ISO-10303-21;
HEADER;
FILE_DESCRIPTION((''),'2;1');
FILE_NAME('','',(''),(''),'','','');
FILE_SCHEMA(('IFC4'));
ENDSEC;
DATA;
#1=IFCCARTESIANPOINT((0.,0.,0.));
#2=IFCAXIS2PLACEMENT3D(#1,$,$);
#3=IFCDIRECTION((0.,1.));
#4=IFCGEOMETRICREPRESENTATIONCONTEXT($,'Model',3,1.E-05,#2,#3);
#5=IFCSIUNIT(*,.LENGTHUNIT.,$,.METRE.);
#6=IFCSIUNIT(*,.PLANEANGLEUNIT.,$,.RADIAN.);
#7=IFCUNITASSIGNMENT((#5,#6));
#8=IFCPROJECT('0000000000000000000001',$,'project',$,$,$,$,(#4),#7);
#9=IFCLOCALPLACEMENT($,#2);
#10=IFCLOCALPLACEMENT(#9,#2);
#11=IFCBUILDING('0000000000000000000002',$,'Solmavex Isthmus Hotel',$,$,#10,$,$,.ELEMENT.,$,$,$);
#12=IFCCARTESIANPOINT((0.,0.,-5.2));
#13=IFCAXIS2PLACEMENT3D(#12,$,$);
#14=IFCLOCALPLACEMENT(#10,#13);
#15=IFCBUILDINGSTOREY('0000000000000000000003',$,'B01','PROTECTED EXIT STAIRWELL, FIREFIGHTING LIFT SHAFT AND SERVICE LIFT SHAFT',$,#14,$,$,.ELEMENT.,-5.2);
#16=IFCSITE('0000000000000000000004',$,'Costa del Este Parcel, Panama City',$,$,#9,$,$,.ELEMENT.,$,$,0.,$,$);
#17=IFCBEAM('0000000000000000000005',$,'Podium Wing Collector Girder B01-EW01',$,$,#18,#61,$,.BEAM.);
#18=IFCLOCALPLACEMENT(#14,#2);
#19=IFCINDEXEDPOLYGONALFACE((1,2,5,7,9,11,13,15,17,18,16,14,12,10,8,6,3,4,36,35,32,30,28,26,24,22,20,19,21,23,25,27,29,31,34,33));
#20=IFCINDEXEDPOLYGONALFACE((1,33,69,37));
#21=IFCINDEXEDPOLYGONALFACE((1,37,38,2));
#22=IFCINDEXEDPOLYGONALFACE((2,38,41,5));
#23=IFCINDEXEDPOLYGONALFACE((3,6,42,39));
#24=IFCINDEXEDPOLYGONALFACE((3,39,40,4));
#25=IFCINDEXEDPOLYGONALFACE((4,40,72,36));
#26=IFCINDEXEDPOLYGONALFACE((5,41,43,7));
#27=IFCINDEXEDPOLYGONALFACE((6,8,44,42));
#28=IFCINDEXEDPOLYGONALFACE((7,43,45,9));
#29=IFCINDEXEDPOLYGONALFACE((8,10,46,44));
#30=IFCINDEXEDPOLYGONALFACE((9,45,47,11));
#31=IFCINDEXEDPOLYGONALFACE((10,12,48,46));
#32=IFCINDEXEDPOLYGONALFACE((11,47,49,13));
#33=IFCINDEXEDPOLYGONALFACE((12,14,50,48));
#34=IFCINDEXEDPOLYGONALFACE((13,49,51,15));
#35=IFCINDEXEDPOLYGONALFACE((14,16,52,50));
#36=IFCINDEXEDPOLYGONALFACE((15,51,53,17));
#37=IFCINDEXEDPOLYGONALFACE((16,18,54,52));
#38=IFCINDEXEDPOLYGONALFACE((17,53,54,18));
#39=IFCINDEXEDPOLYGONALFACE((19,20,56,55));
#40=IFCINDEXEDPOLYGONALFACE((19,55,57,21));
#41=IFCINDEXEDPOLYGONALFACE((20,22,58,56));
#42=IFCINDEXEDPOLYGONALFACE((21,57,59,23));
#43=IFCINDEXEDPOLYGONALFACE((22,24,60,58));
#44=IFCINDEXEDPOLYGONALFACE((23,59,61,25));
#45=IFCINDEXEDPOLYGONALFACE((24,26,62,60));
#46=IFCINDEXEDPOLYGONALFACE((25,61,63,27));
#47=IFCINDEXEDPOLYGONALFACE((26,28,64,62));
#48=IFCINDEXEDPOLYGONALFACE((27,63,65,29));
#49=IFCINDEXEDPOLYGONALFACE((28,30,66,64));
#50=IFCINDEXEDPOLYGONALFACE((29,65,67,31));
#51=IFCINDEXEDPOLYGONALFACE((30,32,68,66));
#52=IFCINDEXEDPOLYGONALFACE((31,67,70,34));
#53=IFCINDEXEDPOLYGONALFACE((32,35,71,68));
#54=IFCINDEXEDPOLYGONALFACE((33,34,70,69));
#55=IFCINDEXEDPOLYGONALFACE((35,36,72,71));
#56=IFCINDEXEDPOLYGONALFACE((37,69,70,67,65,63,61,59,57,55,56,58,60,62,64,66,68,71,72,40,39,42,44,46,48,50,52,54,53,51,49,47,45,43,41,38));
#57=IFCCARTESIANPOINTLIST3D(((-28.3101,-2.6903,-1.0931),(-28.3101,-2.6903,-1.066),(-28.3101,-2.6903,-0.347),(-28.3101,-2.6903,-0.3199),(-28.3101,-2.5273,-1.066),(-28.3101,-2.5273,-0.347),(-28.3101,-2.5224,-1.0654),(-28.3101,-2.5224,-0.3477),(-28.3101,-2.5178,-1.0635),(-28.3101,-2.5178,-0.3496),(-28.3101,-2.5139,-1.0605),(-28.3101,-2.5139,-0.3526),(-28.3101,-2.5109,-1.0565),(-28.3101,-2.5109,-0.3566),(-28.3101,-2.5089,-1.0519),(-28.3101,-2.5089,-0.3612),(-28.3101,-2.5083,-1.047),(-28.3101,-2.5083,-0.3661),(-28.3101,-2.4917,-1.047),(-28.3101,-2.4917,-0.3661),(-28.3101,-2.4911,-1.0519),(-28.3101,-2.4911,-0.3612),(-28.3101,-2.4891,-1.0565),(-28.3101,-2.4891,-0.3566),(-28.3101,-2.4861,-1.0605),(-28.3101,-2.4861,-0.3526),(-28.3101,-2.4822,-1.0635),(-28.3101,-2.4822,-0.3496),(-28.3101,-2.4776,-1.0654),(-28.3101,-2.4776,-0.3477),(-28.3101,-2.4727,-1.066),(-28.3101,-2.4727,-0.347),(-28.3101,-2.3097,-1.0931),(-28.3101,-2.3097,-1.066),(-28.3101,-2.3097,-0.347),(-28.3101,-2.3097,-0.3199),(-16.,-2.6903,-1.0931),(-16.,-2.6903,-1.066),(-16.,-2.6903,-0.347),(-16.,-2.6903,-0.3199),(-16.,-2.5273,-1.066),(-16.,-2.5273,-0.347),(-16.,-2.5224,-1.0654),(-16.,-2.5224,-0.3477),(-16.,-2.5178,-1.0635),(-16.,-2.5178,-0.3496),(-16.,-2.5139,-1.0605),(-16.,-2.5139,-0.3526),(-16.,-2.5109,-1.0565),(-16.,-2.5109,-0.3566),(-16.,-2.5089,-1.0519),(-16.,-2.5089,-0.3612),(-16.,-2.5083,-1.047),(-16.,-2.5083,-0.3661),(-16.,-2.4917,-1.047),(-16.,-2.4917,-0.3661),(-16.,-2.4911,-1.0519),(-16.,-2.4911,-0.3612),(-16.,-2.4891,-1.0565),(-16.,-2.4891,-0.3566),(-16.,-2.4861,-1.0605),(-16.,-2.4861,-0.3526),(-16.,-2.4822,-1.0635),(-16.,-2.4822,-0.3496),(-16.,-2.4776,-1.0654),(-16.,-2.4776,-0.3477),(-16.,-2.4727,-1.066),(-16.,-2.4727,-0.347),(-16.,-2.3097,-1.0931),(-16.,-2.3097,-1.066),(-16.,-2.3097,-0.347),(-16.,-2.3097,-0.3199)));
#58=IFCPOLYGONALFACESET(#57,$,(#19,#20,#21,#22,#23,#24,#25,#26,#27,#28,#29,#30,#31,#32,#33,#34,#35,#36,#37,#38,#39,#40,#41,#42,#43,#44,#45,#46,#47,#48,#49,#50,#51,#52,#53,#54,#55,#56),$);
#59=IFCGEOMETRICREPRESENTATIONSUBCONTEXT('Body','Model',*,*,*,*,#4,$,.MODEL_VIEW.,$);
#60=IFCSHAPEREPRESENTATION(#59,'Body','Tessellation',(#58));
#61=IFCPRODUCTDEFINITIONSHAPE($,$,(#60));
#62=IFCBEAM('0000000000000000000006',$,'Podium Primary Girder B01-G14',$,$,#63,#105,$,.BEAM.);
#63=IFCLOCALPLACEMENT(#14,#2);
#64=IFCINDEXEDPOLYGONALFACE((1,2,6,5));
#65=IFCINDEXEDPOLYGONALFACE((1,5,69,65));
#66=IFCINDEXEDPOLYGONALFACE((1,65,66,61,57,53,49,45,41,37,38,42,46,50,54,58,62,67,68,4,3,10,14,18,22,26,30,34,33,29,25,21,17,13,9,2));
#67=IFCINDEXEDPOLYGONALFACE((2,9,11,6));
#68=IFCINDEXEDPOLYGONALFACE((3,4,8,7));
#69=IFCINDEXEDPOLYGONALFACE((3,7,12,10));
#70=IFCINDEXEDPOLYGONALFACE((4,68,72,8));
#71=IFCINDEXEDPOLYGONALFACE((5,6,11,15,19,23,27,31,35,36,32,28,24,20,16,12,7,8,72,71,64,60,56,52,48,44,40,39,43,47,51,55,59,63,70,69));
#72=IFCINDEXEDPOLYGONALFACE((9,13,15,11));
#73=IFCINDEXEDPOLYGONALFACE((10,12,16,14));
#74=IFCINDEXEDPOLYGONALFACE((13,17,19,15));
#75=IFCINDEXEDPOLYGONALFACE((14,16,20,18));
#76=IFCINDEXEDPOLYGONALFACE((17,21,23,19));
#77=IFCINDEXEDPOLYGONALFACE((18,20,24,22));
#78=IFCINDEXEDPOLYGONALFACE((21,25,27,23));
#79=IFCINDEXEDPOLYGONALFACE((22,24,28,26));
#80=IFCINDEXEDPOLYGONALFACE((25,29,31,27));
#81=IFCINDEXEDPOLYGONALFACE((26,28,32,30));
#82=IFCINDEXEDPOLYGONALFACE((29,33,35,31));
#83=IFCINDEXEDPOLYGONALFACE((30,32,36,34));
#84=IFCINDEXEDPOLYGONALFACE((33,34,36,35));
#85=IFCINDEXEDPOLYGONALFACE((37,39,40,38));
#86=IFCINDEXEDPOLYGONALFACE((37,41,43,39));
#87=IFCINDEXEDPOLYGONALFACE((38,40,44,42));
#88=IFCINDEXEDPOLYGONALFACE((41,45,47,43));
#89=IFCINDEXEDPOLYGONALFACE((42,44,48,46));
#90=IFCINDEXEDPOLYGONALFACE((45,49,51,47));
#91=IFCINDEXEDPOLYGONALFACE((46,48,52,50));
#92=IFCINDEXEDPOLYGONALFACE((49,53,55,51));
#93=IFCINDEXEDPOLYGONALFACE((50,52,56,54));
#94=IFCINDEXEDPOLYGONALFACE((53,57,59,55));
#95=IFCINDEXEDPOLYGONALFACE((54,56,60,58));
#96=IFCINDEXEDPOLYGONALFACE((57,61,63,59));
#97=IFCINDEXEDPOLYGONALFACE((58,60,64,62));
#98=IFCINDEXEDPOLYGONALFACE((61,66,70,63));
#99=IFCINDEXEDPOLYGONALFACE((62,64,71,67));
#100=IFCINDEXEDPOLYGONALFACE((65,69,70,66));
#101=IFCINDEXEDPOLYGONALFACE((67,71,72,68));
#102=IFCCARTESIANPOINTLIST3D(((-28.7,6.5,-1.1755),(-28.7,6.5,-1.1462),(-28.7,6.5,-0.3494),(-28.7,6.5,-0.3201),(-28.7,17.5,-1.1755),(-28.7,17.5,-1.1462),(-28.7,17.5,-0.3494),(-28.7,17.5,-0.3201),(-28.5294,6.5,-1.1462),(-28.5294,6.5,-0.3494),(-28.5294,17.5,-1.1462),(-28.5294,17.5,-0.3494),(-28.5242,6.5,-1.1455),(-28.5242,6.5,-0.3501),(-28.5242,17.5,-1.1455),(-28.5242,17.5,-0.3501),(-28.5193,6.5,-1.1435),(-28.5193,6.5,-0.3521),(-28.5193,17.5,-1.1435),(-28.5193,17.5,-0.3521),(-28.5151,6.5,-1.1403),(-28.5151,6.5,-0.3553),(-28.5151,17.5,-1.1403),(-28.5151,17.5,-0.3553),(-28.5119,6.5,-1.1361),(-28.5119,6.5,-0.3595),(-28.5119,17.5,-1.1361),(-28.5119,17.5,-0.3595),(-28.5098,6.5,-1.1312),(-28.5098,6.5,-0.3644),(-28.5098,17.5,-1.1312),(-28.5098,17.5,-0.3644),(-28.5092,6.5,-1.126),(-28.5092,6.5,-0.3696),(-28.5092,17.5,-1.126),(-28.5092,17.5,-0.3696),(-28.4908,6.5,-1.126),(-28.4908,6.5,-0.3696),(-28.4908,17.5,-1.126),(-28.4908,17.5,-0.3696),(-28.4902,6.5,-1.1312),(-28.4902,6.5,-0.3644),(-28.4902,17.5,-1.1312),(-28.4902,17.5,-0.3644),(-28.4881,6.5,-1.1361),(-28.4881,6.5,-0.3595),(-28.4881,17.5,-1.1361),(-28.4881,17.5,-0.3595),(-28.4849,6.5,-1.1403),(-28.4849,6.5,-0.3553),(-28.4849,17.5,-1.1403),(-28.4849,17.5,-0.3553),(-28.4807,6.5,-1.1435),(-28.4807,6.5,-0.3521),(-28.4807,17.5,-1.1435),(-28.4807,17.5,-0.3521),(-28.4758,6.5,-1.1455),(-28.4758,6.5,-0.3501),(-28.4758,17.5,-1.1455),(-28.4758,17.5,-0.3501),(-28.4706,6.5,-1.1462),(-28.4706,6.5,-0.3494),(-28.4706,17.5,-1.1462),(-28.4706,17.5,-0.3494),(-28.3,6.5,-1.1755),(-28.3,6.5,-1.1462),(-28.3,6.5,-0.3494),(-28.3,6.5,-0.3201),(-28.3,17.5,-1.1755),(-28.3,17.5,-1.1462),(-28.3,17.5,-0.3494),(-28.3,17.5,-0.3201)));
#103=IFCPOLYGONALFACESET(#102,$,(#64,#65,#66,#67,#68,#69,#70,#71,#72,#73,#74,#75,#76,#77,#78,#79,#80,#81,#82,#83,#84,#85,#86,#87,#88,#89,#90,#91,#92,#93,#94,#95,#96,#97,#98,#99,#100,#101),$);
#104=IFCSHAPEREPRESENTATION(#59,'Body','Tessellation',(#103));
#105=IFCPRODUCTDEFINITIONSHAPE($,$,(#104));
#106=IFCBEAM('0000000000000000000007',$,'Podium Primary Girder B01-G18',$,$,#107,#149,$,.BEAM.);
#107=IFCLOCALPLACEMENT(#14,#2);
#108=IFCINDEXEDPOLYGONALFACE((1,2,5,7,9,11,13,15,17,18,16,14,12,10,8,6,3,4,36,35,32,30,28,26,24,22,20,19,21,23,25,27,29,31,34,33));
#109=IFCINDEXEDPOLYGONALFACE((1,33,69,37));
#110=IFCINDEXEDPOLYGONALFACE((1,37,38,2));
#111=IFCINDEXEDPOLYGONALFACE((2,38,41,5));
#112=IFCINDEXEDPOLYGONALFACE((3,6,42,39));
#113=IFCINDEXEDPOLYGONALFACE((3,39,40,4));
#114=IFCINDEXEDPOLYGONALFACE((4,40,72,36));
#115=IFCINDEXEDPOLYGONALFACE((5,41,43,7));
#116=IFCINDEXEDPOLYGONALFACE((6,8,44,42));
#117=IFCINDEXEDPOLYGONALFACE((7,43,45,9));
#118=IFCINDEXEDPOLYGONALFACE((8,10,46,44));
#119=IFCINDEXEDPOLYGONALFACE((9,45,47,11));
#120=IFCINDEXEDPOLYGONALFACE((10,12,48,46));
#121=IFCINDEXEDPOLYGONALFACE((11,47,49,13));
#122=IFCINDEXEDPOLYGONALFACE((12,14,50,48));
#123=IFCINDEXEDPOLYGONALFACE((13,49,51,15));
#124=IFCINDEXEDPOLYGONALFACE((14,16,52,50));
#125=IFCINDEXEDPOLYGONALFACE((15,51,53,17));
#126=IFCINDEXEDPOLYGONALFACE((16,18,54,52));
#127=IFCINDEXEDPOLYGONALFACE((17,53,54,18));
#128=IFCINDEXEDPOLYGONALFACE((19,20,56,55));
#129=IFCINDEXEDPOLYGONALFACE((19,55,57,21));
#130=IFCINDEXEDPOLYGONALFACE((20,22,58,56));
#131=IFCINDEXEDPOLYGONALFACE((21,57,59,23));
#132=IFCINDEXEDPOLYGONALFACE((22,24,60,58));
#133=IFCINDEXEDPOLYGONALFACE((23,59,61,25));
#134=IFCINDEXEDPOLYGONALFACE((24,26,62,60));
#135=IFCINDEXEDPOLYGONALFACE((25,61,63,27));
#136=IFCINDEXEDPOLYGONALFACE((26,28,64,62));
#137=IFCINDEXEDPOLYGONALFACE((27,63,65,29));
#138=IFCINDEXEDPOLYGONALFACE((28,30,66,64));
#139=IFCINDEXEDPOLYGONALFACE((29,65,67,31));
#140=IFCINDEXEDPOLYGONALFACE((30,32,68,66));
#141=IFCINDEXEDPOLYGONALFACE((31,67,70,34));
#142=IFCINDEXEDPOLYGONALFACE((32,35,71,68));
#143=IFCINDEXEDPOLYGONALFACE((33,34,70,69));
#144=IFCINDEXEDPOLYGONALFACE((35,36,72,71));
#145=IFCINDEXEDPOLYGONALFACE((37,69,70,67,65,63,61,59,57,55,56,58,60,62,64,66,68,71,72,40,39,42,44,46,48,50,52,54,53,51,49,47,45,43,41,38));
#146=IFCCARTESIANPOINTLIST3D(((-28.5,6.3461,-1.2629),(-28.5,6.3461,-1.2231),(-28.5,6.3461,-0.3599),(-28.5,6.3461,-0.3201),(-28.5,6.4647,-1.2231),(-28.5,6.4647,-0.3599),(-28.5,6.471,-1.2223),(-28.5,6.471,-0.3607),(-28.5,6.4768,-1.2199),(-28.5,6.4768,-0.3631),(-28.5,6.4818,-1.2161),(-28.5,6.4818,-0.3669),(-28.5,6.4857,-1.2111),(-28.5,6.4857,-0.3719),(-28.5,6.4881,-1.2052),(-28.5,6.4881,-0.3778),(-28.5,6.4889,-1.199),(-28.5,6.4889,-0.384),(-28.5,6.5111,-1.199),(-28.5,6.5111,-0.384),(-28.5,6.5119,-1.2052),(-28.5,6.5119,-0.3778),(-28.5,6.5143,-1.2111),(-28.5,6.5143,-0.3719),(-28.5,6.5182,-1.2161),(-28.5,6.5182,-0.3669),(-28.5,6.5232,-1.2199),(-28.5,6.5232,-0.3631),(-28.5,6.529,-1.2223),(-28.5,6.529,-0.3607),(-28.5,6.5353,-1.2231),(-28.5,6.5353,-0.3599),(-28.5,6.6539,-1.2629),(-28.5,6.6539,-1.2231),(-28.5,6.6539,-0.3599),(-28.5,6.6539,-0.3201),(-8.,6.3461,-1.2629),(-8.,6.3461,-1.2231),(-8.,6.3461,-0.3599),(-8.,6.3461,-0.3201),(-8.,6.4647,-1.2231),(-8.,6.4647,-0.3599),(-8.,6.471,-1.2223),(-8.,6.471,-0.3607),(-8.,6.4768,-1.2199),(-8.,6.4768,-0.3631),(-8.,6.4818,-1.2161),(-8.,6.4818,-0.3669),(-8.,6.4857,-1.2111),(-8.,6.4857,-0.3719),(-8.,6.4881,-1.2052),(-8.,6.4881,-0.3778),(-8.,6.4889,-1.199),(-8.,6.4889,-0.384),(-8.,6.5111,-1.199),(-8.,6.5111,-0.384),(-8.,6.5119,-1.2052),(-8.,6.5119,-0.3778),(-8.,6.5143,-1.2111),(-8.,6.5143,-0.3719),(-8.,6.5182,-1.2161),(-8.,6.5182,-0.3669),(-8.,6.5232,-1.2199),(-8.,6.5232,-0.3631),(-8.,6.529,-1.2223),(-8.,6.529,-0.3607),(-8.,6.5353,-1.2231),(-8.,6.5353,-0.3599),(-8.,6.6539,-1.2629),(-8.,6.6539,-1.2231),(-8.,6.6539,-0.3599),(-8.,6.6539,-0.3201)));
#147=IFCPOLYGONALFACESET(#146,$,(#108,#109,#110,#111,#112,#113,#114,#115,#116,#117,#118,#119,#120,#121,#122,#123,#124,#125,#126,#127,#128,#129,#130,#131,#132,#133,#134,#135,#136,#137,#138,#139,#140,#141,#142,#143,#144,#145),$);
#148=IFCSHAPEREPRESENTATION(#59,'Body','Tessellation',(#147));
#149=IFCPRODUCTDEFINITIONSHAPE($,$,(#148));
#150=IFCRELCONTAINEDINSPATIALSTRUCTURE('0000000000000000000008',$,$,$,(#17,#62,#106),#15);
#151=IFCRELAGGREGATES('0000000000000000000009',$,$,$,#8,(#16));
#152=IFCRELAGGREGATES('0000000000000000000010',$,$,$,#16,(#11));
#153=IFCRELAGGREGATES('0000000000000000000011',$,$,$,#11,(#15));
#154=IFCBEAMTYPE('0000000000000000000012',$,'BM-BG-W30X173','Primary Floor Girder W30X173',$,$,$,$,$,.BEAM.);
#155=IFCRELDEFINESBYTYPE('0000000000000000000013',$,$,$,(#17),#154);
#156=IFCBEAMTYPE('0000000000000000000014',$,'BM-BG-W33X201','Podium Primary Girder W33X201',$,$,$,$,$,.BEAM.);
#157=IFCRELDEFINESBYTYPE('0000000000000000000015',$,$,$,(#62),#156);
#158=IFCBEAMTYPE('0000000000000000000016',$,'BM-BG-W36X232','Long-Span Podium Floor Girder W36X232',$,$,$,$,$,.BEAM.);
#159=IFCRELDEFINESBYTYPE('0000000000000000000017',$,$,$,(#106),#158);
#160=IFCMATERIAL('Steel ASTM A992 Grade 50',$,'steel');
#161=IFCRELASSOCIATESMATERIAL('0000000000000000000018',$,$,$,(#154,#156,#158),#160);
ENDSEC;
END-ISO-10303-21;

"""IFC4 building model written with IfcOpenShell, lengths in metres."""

from ifc_helpers import new_model, si_unit, direction, frame, origin, origin_2d, place, context, subcontext, project, spatial, i_section, extrude, material, material_profile, profile_set, type_object, element, save


model = new_model("IFC4")

# Units and contexts
model_context = context("Model", 3, precision=1e-05, world=origin(), true_north=direction((0.0, 1.0)))
body_context = subcontext(model_context, "Body", "Model", "MODEL_VIEW")
ifc_project = project(units=[si_unit("LENGTHUNIT", "METRE"), si_unit("PLANEANGLEUNIT", "RADIAN")], contexts=[model_context])

# Site, building, storey
site_placement = place(None, origin())
site = spatial("IfcSite", under=ifc_project, at=site_placement, Name="Costa del Este Parcel, Panama City", CompositionType="ELEMENT", RefElevation=0.0)
building_placement = place(site_placement, origin())
building = spatial("IfcBuilding", under=site, at=building_placement, Name="Solmavex Isthmus Hotel", CompositionType="ELEMENT")
storey_placement = place(building_placement, frame((0.0, 0.0, -5.2)))
storey = spatial("IfcBuildingStorey", under=building, at=storey_placement, Name="B01", Description="PROTECTED EXIT STAIRWELL, FIREFIGHTING LIFT SHAFT AND SERVICE LIFT SHAFT", CompositionType="ELEMENT", Elevation=-5.2)

# Beams
ifc_material_1 = material(Name="Steel ASTM A992 Grade 50", Category="steel")
ifc_material_profile_1 = material_profile(ifc_material_1, i_section(OverallWidth=0.3806, OverallDepth=0.7732, WebThickness=0.0166, FlangeThickness=0.0271, FilletRadius=0.019, at=origin_2d()), Name="W30X173")
ifc_profile_set_1 = profile_set([ifc_material_profile_1], Name="Steel ASTM A992 Grade 50")
beam_type_1 = type_object("IfcBeamType", Name="BM-BG-W30X173", Description="Primary Floor Girder W30X173", PredefinedType="BEAM", material=ifc_profile_set_1)
beam_1_placement = place(storey_placement, frame((-28.3101, -2.5, -0.7065), z_axis=(1.0, 0.0, 0.0), x_axis=(0.0, 1.0, 0.0)))
element("IfcBeam", 1, at=beam_1_placement, inside=storey, type_object=beam_type_1, Name="Podium Wing Collector Girder B01-EW01", PredefinedType="BEAM", context=body_context, shape_type="SweptSolid", body=[
    extrude(i_section(OverallWidth=0.3806, OverallDepth=0.7732, WebThickness=0.0166, FlangeThickness=0.0271, FilletRadius=0.019, at=origin_2d()), origin(), (0.0, 0.0, 1.0), 12.3101),
])
ifc_material_profile_2 = material_profile(ifc_material_1, i_section(OverallWidth=0.3999, OverallDepth=0.8555, WebThickness=0.0183, FlangeThickness=0.0293, FilletRadius=0.0203, at=origin_2d()), Name="W33X201")
ifc_profile_set_2 = profile_set([ifc_material_profile_2], Name="Steel ASTM A992 Grade 50")
beam_type_2 = type_object("IfcBeamType", Name="BM-BG-W33X201", Description="Podium Primary Girder W33X201", PredefinedType="BEAM", material=ifc_profile_set_2)
beam_2_placement = place(storey_placement, frame((-28.5, 6.5, -0.7478), z_axis=(0.0, 1.0, 0.0), x_axis=(-1.0, 0.0, 0.0)))
element("IfcBeam", 2, at=beam_2_placement, inside=storey, type_object=beam_type_2, Name="Podium Primary Girder B01-G14", PredefinedType="BEAM", context=body_context, shape_type="SweptSolid", body=[
    extrude(i_section(OverallWidth=0.3999, OverallDepth=0.8555, WebThickness=0.0183, FlangeThickness=0.0293, FilletRadius=0.0203, at=origin_2d()), origin(), (0.0, 0.0, 1.0), 11.0),
])
ifc_material_profile_3 = material_profile(ifc_material_1, i_section(OverallWidth=0.3079, OverallDepth=0.9429, WebThickness=0.0222, FlangeThickness=0.0398, FilletRadius=0.0242, at=origin_2d()), Name="W36X232")
ifc_profile_set_3 = profile_set([ifc_material_profile_3], Name="Steel ASTM A992 Grade 50")
beam_type_3 = type_object("IfcBeamType", Name="BM-BG-W36X232", Description="Long-Span Podium Floor Girder W36X232", PredefinedType="BEAM", material=ifc_profile_set_3)
beam_3_placement = place(storey_placement, frame((-28.5, 6.5, -0.7915), z_axis=(1.0, 0.0, 0.0), x_axis=(0.0, 1.0, 0.0)))
element("IfcBeam", 3, at=beam_3_placement, inside=storey, type_object=beam_type_3, Name="Podium Primary Girder B01-G18", PredefinedType="BEAM", context=body_context, shape_type="SweptSolid", body=[
    extrude(i_section(OverallWidth=0.3079, OverallDepth=0.9429, WebThickness=0.0222, FlangeThickness=0.0398, FilletRadius=0.0242, at=origin_2d()), origin(), (0.0, 0.0, 1.0), 20.5),
])

save(model, "model.ifc")
